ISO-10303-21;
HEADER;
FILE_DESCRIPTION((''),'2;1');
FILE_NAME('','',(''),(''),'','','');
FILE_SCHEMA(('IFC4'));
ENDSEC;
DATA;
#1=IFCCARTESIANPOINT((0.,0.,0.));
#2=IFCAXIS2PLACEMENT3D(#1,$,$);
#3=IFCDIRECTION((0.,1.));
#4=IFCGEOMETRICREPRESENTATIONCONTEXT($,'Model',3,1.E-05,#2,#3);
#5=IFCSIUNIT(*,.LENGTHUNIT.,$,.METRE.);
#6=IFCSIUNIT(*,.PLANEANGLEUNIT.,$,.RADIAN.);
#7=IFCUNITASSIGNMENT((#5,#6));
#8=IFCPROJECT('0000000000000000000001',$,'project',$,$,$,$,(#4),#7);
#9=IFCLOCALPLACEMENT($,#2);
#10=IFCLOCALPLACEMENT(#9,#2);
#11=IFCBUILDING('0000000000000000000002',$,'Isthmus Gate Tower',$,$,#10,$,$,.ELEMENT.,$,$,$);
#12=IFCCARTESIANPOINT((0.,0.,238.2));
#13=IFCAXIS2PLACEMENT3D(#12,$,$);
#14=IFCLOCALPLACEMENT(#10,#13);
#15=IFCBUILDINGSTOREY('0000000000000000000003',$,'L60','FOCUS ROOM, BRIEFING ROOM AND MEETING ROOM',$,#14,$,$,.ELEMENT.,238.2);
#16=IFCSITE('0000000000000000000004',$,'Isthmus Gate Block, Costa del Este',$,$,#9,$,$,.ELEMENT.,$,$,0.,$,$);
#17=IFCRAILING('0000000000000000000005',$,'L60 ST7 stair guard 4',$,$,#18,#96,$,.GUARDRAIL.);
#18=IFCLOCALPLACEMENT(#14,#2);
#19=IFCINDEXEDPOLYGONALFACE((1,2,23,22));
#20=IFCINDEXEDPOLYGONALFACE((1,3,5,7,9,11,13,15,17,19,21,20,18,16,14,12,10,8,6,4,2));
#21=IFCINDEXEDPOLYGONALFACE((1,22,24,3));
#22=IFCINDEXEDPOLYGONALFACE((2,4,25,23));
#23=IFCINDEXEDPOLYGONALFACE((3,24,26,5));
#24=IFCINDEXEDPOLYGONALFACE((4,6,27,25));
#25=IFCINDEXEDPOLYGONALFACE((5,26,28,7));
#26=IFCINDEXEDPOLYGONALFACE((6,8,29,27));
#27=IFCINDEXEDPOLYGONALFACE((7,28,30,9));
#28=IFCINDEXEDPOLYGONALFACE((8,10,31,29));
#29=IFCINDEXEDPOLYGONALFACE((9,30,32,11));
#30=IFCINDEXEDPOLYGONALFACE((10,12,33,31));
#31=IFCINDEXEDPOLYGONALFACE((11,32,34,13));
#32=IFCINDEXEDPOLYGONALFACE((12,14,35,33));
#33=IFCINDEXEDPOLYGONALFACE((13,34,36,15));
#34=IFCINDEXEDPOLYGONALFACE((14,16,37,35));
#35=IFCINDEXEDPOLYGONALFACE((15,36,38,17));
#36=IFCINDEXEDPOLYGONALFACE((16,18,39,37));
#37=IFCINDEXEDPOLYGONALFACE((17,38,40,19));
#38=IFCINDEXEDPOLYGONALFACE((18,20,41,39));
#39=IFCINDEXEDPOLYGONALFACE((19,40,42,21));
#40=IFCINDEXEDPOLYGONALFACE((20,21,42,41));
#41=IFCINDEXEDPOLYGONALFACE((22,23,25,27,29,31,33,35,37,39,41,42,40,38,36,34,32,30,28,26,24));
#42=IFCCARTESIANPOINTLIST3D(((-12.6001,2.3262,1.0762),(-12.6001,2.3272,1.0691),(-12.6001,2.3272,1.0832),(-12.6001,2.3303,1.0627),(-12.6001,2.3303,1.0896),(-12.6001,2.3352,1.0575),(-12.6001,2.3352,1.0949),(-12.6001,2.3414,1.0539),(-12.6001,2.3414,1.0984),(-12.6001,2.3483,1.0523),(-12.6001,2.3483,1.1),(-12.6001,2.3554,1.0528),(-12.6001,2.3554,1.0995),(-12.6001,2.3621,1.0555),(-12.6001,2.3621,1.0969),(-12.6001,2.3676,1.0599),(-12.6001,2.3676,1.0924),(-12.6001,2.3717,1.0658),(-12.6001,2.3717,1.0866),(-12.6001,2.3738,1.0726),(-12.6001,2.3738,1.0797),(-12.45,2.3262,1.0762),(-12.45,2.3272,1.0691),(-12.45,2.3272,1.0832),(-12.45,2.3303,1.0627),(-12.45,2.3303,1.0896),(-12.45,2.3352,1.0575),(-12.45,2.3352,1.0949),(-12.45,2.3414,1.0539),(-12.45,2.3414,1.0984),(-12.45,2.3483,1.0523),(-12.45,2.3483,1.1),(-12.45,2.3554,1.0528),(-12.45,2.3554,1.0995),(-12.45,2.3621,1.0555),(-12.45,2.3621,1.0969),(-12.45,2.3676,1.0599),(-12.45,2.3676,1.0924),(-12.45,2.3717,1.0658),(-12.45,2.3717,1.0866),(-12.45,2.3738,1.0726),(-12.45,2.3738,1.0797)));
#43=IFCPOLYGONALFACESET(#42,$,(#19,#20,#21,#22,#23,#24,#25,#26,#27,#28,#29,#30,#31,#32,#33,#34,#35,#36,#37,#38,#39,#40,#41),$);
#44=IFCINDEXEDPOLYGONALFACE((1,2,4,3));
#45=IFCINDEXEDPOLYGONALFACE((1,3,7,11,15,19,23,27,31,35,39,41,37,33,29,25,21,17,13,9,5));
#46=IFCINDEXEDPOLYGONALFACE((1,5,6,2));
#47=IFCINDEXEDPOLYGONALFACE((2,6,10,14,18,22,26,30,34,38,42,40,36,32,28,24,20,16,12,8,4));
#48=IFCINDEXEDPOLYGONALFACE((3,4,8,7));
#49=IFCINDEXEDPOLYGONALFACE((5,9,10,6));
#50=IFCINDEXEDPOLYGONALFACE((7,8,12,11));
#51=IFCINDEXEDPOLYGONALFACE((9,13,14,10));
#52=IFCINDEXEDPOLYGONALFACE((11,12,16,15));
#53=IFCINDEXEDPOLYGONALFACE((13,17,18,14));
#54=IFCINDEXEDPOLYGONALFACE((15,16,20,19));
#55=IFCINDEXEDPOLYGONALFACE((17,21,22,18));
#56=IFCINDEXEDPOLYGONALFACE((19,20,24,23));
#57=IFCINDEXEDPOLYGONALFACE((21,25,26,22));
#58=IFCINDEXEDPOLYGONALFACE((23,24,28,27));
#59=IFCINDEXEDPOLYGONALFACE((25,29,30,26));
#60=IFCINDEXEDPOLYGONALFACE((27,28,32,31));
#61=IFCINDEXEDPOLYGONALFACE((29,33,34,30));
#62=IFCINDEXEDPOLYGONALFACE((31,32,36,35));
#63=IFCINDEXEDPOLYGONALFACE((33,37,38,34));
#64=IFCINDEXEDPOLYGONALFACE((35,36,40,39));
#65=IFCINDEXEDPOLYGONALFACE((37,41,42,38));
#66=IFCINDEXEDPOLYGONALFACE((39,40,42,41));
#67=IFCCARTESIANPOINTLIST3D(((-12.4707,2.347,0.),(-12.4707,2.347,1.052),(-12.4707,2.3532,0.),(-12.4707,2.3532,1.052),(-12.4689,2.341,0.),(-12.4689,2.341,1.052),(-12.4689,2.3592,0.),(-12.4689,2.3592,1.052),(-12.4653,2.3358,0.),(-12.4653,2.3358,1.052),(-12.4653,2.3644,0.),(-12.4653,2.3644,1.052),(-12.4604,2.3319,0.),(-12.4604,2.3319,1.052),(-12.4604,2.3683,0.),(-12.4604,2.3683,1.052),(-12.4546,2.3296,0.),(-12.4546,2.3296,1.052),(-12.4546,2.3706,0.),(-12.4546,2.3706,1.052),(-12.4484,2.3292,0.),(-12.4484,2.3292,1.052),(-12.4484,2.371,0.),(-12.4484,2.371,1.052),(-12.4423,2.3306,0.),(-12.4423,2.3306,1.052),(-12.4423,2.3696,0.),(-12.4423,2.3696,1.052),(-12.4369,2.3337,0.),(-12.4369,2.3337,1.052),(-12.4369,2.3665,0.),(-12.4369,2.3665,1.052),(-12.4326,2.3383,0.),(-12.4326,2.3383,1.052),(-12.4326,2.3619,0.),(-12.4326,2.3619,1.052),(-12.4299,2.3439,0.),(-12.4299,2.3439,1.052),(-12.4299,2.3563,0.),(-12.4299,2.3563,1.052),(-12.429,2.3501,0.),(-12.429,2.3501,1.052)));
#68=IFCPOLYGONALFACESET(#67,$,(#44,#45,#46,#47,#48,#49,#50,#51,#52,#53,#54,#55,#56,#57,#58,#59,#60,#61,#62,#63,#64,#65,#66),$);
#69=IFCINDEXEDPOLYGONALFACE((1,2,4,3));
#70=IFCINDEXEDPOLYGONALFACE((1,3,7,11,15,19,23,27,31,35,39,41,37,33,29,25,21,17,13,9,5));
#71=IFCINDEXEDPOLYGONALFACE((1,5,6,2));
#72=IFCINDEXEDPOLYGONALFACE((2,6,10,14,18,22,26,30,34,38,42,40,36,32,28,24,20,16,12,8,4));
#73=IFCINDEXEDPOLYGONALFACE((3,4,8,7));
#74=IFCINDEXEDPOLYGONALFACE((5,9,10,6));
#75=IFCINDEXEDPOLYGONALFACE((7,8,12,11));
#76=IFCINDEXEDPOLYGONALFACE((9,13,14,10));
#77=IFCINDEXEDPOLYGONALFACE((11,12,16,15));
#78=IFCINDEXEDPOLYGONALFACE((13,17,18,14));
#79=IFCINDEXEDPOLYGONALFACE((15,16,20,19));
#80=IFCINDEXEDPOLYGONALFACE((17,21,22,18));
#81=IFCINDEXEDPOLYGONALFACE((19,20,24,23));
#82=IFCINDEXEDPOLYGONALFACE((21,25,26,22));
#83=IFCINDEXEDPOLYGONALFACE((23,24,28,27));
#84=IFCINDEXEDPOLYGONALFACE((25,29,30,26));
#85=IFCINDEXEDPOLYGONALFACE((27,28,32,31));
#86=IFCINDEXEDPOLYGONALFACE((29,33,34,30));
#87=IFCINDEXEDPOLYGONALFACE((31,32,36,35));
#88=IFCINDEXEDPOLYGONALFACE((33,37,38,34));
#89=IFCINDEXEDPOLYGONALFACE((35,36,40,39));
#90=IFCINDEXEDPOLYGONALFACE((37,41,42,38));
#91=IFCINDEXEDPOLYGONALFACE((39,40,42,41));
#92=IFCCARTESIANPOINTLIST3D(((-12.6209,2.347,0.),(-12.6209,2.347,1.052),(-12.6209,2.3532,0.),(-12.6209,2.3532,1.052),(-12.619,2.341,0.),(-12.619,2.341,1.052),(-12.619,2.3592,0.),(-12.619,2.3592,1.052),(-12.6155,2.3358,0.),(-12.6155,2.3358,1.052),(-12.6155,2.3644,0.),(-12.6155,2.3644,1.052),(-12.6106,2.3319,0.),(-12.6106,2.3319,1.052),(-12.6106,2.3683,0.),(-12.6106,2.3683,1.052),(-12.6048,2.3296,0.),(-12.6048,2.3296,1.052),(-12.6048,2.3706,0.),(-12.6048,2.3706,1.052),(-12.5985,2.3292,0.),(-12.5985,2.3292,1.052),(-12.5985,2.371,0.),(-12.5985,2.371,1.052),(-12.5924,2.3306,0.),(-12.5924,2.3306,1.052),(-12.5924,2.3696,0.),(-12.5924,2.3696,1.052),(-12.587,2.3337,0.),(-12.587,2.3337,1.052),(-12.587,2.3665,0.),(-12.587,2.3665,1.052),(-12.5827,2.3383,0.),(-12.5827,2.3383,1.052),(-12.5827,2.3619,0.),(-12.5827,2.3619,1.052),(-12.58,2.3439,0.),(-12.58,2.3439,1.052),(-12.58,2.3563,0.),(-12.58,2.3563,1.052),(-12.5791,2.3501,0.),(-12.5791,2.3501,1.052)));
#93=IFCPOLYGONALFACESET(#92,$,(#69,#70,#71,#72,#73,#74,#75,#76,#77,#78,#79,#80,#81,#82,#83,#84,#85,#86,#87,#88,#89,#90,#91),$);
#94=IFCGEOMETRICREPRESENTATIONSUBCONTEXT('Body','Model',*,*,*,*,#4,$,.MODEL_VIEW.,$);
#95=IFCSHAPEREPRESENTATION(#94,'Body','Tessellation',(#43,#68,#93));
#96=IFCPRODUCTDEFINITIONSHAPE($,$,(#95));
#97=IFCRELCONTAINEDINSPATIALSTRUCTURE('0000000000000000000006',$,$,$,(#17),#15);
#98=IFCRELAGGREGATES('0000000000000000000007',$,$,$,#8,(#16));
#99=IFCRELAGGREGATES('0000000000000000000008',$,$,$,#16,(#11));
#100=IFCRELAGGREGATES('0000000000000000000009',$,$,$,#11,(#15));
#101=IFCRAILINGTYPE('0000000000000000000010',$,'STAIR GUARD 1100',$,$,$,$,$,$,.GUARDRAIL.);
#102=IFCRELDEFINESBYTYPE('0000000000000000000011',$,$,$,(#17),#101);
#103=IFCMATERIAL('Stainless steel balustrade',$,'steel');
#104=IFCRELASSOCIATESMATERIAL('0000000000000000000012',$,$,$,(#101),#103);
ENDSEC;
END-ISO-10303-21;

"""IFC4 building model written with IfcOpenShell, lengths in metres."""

from ifc_helpers import new_model, si_unit, direction, frame, origin, origin_2d, place, context, subcontext, project, spatial, circle, extrude, material, type_object, element, save


model = new_model("IFC4")

# Units and contexts
model_context = context("Model", 3, precision=1e-05, world=origin(), true_north=direction((0.0, 1.0)))
body_context = subcontext(model_context, "Body", "Model", "MODEL_VIEW")
ifc_project = project(units=[si_unit("LENGTHUNIT", "METRE"), si_unit("PLANEANGLEUNIT", "RADIAN")], contexts=[model_context])

# Site, building, storey
site_placement = place(None, origin())
site = spatial("IfcSite", under=ifc_project, at=site_placement, Name="Isthmus Gate Block, Costa del Este", CompositionType="ELEMENT", RefElevation=0.0)
building_placement = place(site_placement, origin())
building = spatial("IfcBuilding", under=site, at=building_placement, Name="Isthmus Gate Tower", CompositionType="ELEMENT")
storey_placement = place(building_placement, frame((0.0, 0.0, 238.2)))
storey = spatial("IfcBuildingStorey", under=building, at=storey_placement, Name="L60", Description="FOCUS ROOM, BRIEFING ROOM AND MEETING ROOM", CompositionType="ELEMENT", Elevation=238.2)

# Railing
ifc_material_1 = material(Name="Stainless steel balustrade", Category="steel")
railing_type = type_object("IfcRailingType", Name="STAIR GUARD 1100", PredefinedType="GUARDRAIL", material=ifc_material_1)
railing_1_placement = place(storey_placement, frame((-12.45, 2.3501, 0.0)))
element("IfcRailing", 1, at=railing_1_placement, inside=storey, type_object=railing_type, Name="L60 ST7 stair guard 4", PredefinedType="GUARDRAIL", context=body_context, shape_type="SweptSolid", body=[
    extrude(circle(Radius=0.0239, at=origin_2d()), frame((0.0, 0.0, 1.0762), z_axis=(-1.0, 0.0, 0.0), x_axis=(0.0, -1.0, 0.0)), (0.0, 0.0, 1.0), 0.1501),
    extrude(circle(Radius=0.021, at=origin_2d()), origin(), (0.0, 0.0, 1.0), 1.052),
    extrude(circle(Radius=0.021, at=origin_2d()), frame((-0.1501, 0.0, 0.0)), (0.0, 0.0, 1.0), 1.052),
])

save(model, "model.ifc")
